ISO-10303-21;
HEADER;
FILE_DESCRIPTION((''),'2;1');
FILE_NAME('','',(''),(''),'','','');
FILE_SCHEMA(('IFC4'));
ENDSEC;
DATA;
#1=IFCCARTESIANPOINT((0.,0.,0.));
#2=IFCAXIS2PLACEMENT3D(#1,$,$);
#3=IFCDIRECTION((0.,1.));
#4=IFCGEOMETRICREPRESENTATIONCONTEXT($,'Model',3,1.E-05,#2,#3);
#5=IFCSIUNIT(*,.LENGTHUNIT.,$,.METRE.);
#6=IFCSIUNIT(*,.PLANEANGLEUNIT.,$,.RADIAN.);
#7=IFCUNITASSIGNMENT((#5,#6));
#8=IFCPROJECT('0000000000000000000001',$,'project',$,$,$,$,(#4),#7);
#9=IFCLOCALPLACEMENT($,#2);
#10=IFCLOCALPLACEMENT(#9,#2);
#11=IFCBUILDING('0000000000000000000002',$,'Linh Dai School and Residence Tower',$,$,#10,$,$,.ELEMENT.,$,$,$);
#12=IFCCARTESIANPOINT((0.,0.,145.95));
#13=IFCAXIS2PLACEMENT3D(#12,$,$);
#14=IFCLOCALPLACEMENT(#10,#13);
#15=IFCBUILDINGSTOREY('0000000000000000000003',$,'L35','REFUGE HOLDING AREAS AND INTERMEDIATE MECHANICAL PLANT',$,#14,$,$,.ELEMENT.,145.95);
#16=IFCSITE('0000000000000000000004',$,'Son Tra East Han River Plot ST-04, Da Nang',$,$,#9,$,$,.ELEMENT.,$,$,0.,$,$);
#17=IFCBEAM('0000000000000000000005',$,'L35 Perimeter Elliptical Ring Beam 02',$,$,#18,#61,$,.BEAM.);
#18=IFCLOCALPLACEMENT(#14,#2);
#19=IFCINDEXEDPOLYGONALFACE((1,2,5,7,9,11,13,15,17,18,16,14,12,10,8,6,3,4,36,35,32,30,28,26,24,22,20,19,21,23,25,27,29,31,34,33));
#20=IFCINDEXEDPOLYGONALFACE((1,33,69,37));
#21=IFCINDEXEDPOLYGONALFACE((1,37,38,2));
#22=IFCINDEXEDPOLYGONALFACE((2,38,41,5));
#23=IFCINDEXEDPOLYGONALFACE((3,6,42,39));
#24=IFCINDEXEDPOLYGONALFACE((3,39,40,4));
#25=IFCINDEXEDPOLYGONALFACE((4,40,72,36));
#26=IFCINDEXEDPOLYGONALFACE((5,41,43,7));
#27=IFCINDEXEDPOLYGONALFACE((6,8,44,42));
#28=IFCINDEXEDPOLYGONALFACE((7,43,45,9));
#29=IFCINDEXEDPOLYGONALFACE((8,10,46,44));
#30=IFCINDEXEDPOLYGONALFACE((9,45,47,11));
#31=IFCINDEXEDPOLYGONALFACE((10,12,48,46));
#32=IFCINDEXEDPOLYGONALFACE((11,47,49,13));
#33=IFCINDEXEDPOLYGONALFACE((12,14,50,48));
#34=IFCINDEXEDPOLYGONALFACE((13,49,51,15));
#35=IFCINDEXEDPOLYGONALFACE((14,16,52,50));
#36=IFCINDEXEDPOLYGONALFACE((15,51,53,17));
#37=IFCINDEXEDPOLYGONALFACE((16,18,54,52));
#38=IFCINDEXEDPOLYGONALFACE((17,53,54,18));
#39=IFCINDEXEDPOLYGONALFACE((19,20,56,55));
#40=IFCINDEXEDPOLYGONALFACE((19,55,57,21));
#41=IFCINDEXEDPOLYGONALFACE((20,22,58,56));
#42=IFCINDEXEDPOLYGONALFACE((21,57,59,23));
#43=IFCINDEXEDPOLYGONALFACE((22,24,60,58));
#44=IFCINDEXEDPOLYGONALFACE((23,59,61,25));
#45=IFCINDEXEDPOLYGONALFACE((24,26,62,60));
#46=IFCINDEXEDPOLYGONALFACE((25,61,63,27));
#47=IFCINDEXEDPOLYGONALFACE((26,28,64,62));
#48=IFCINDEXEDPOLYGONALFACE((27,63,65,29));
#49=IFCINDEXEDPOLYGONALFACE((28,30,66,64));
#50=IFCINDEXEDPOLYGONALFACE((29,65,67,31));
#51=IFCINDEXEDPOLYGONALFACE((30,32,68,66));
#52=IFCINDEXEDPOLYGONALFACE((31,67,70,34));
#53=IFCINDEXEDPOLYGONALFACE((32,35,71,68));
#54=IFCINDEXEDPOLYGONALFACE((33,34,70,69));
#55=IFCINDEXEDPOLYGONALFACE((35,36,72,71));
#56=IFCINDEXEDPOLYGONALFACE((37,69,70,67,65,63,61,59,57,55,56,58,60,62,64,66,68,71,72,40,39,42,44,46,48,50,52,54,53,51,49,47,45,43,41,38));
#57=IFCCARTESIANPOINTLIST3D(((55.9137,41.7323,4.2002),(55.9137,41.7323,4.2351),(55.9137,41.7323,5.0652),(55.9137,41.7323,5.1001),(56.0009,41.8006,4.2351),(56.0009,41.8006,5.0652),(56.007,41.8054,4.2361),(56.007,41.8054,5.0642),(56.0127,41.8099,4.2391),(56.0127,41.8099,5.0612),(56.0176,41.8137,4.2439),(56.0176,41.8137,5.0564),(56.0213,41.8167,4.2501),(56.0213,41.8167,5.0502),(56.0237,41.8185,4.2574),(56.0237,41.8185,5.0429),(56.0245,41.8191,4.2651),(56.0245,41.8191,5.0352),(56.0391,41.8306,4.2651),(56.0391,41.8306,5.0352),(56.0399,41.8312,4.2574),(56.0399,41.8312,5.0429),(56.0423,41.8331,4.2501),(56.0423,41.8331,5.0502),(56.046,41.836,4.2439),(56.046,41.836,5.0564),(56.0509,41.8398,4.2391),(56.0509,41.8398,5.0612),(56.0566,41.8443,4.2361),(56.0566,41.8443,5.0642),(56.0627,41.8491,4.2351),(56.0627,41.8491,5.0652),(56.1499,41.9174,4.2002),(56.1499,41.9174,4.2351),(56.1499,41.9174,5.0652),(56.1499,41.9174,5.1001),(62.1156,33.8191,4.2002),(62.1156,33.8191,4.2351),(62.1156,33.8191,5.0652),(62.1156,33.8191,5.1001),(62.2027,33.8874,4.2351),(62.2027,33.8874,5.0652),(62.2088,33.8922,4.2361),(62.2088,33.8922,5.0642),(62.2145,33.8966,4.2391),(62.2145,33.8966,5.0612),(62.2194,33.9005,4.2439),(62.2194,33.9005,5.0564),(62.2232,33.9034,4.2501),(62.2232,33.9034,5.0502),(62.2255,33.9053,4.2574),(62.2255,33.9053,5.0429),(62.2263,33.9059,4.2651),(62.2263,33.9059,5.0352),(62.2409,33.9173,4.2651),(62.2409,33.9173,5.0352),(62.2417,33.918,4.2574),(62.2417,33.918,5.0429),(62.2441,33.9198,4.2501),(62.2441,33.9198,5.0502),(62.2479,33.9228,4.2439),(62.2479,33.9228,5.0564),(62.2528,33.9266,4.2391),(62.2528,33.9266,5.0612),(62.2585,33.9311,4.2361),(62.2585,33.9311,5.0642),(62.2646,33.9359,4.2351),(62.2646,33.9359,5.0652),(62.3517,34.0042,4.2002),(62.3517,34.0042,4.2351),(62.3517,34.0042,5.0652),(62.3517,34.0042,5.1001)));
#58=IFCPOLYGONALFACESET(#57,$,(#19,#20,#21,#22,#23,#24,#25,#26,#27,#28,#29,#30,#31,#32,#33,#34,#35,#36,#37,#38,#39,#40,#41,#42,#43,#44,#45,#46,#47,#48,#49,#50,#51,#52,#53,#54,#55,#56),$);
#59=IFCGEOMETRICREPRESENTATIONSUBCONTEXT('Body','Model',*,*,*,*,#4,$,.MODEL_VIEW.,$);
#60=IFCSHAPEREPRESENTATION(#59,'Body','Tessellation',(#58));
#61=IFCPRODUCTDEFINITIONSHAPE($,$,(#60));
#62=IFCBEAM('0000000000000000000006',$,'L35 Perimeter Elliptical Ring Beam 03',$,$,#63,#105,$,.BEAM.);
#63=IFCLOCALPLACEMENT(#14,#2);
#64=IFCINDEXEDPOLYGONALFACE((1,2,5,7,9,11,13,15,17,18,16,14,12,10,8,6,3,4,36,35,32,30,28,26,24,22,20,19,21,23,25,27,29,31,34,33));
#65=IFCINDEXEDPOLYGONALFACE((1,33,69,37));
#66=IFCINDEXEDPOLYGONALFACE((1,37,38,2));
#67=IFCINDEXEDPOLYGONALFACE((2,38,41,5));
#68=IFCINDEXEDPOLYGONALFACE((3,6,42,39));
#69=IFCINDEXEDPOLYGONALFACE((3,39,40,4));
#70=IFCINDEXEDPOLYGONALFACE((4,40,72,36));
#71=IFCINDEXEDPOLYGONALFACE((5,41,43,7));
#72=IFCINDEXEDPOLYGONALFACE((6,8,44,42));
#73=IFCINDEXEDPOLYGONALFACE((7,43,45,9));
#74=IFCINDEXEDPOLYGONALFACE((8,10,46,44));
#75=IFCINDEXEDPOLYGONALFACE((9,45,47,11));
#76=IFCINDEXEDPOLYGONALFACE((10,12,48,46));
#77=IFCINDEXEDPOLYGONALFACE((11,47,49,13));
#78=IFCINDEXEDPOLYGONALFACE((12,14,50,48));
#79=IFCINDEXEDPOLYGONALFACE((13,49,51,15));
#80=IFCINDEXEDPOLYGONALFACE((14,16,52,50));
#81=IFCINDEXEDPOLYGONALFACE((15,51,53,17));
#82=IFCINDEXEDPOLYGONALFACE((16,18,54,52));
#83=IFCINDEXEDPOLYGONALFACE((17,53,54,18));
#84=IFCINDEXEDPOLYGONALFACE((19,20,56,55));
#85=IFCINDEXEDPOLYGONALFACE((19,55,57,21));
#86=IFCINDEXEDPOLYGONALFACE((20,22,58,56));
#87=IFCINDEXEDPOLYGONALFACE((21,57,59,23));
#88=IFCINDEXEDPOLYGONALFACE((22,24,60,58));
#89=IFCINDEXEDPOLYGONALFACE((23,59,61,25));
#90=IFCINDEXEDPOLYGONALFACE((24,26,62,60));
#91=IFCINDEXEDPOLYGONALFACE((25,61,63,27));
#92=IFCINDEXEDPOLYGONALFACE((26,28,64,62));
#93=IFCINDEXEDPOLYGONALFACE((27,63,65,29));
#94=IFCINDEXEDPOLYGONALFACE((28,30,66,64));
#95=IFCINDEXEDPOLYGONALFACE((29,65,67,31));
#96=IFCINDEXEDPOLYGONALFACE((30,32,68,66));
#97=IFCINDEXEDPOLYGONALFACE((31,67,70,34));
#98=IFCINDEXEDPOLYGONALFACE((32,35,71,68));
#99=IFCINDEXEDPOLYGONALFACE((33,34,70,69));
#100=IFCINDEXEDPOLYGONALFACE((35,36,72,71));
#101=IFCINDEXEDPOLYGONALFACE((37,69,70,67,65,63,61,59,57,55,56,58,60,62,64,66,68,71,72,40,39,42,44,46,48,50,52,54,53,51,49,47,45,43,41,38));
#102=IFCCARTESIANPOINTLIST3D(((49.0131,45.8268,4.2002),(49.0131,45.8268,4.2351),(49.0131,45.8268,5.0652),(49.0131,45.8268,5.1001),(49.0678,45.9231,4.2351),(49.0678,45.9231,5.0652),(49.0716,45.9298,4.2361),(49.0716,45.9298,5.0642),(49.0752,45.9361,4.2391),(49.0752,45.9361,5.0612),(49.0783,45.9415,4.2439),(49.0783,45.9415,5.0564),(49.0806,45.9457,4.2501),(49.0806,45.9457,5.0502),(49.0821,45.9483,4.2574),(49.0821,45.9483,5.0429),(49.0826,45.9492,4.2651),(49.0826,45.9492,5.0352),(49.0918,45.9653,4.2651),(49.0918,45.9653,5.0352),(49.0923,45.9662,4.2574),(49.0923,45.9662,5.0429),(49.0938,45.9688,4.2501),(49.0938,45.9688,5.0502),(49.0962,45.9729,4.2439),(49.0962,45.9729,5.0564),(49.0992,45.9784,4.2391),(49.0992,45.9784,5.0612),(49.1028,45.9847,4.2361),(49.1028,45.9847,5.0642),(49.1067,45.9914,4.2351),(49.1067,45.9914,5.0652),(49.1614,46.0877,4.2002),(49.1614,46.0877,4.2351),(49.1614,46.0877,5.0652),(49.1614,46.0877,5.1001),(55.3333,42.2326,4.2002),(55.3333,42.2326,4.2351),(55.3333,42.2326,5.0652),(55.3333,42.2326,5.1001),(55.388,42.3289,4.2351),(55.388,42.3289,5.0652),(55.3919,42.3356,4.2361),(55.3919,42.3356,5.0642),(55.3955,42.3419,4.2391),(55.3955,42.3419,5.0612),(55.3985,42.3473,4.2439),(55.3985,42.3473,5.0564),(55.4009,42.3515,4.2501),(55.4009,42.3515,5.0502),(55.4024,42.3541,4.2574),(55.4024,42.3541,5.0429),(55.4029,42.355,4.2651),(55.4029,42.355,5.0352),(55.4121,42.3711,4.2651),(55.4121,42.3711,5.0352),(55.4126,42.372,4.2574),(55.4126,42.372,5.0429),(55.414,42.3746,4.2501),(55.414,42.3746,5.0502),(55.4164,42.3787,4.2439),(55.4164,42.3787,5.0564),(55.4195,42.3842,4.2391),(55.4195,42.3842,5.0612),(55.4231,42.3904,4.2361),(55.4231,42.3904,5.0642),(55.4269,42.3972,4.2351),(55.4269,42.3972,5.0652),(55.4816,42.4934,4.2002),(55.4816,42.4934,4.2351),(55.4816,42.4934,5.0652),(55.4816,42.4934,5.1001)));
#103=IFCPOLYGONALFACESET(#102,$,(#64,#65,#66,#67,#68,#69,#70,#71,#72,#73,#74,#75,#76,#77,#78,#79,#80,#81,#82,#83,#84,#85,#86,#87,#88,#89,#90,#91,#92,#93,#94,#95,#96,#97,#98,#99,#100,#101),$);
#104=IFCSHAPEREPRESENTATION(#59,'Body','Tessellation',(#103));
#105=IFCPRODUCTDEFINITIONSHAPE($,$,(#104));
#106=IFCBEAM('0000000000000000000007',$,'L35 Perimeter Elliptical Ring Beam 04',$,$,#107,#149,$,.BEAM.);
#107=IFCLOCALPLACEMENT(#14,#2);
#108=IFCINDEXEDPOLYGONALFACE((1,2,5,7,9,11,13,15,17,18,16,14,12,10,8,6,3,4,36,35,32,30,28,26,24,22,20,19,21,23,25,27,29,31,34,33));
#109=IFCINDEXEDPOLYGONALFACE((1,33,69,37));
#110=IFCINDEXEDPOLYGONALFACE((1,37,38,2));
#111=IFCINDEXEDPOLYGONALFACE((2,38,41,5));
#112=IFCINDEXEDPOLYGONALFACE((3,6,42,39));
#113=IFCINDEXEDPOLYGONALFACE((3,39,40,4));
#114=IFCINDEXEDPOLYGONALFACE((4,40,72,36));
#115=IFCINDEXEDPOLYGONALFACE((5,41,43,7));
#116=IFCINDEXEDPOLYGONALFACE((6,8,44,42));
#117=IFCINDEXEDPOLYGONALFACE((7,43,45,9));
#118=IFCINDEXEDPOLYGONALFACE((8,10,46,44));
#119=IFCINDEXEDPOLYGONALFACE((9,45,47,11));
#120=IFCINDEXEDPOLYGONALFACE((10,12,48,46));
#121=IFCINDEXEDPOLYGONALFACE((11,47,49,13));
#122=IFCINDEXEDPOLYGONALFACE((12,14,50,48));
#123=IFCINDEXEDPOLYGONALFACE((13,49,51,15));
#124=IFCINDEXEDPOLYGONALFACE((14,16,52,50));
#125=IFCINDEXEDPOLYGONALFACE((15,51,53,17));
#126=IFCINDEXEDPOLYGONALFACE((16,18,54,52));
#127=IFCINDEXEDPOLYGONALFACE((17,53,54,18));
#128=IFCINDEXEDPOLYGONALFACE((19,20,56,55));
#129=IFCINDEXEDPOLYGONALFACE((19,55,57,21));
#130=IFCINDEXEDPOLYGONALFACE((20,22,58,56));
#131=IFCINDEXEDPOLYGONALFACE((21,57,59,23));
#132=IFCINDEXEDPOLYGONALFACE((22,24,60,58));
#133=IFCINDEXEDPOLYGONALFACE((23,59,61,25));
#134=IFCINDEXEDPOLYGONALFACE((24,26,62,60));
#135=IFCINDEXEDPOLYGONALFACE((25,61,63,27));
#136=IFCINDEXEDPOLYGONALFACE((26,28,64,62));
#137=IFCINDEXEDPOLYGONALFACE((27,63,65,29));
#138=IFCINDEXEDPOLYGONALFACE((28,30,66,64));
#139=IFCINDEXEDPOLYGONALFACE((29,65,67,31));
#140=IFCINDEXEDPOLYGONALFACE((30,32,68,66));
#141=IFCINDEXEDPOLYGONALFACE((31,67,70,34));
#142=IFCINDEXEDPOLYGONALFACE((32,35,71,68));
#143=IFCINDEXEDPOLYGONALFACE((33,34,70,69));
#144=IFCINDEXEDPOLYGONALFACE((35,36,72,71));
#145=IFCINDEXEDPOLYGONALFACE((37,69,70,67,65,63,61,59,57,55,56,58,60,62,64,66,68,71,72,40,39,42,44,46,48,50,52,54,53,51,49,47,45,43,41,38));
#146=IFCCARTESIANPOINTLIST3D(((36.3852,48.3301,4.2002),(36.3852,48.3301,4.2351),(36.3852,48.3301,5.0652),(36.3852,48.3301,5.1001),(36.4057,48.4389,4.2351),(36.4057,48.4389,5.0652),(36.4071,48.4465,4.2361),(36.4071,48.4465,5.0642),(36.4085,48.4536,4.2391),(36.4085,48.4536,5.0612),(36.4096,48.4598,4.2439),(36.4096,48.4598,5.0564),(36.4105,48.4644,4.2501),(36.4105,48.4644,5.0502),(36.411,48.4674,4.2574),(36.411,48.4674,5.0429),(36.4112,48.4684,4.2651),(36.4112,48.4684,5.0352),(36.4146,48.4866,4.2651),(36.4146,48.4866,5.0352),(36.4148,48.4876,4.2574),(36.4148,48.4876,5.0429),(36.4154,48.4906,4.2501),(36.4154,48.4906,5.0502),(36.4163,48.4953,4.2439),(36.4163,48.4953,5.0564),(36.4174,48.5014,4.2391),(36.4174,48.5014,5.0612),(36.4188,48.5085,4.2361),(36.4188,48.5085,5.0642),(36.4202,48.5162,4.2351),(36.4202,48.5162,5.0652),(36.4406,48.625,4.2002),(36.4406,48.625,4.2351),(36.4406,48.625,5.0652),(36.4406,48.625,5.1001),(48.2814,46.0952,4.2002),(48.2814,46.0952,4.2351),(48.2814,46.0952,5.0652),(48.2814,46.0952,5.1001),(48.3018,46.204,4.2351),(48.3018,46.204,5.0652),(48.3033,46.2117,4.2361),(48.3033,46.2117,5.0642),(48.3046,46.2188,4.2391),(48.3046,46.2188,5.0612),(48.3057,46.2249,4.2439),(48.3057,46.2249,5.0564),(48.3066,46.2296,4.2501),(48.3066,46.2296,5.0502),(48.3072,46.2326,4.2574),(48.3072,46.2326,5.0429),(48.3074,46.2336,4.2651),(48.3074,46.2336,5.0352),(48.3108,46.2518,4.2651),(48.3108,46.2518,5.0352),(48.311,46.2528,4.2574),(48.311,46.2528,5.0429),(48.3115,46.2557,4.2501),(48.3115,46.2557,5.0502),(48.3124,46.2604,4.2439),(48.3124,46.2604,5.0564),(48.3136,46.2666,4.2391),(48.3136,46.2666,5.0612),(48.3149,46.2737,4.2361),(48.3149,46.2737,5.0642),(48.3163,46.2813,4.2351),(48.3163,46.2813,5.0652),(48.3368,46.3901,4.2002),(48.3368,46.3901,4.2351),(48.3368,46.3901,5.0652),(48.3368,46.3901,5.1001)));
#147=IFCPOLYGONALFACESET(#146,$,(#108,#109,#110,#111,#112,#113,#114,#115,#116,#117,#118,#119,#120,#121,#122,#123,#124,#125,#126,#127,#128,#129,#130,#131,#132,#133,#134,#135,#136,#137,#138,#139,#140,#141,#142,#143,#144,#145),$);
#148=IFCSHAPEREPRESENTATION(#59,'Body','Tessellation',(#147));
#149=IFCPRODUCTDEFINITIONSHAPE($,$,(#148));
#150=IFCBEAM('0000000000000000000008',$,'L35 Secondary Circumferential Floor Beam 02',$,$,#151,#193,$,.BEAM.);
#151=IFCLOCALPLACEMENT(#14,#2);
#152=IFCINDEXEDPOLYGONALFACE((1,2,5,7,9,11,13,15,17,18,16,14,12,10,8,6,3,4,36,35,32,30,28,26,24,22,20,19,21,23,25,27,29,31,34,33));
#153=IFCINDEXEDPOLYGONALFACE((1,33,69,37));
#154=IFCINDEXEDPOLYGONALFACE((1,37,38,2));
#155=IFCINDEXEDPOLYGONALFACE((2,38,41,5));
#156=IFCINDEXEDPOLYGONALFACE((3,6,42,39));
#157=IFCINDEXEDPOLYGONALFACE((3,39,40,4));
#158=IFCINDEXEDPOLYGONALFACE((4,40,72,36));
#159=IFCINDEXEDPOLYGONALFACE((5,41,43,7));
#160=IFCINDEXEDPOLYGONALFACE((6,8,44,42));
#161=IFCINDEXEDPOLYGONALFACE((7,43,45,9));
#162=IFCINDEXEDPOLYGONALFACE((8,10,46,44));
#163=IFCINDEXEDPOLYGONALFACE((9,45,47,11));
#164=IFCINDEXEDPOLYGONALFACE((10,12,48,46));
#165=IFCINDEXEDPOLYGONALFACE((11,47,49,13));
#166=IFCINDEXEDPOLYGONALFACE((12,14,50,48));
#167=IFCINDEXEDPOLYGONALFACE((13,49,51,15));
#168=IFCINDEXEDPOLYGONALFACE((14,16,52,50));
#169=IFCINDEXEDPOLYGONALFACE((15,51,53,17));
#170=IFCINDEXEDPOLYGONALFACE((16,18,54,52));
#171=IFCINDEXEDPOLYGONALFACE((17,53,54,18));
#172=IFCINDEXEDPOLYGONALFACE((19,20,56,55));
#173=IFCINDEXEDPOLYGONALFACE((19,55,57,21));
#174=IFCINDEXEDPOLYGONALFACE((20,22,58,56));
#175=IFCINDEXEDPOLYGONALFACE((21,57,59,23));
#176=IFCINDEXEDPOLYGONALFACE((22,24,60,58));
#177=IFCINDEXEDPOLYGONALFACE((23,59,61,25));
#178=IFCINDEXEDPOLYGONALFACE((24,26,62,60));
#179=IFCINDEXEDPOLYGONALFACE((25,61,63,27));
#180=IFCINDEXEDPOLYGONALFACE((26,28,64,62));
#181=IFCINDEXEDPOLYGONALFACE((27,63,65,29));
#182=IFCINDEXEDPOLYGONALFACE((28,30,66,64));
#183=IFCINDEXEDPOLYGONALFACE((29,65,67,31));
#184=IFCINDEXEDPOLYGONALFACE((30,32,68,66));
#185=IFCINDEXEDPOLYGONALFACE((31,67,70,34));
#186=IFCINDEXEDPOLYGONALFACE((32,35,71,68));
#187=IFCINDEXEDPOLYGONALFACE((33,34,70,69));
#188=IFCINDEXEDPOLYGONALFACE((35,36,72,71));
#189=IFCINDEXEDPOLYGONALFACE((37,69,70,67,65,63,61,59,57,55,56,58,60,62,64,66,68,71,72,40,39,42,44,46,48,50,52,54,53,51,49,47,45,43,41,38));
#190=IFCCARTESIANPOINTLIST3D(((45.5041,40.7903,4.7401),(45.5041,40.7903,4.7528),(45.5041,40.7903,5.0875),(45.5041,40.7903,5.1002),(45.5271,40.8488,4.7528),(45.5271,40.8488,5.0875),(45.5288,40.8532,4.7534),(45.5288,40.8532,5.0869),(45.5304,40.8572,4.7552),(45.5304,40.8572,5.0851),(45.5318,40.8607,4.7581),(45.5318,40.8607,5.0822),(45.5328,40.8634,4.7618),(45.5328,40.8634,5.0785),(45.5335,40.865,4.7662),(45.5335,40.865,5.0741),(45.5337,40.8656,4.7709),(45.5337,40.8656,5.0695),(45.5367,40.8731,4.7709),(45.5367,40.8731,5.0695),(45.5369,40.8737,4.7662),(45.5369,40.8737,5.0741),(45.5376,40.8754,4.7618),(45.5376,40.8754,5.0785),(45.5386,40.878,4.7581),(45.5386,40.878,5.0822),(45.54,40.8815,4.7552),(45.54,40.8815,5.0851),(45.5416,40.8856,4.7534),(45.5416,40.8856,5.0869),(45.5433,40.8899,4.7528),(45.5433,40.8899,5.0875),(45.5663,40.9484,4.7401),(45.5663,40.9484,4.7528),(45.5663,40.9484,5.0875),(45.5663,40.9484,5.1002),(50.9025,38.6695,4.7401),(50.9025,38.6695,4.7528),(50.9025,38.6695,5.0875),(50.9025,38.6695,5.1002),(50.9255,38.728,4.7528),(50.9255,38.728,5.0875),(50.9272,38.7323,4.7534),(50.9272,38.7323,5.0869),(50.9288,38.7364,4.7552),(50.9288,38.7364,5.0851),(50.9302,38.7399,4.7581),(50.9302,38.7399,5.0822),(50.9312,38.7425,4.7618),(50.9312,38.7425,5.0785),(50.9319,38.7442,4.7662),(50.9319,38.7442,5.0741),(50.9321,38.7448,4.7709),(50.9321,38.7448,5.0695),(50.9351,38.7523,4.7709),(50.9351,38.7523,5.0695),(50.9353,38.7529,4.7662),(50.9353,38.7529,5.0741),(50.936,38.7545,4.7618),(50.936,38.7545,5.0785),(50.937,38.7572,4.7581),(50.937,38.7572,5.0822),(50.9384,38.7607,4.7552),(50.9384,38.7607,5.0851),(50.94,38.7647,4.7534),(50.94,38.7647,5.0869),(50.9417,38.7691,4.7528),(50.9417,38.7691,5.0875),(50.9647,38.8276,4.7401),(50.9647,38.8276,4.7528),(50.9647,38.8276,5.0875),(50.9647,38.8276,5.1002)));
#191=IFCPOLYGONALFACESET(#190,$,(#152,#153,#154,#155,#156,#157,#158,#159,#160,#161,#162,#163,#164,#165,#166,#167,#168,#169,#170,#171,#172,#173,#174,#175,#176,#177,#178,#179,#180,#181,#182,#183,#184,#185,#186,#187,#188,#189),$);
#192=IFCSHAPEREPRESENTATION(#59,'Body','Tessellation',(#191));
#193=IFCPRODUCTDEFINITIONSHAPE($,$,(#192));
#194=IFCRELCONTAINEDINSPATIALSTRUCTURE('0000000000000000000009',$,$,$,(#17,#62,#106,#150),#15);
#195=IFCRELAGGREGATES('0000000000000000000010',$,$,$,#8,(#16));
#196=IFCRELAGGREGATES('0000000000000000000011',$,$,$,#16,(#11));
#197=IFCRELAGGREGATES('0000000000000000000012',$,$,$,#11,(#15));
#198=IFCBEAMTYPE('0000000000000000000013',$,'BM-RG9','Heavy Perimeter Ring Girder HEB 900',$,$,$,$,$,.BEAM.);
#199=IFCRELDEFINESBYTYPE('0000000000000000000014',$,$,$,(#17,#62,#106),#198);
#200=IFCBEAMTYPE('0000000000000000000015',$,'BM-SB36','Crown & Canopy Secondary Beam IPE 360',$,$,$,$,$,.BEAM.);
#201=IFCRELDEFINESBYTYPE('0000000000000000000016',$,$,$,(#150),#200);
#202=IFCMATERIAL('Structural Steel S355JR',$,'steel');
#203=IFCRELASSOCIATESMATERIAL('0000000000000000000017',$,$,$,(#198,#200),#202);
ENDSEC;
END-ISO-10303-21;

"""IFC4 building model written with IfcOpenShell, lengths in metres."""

from ifc_helpers import new_model, si_unit, direction, frame, origin, origin_2d, place, context, subcontext, project, spatial, i_section, extrude, material, material_profile, profile_set, type_object, element, save


model = new_model("IFC4")

# Units and contexts
model_context = context("Model", 3, precision=1e-05, world=origin(), true_north=direction((0.0, 1.0)))
body_context = subcontext(model_context, "Body", "Model", "MODEL_VIEW")
ifc_project = project(units=[si_unit("LENGTHUNIT", "METRE"), si_unit("PLANEANGLEUNIT", "RADIAN")], contexts=[model_context])

# Site, building, storey
site_placement = place(None, origin())
site = spatial("IfcSite", under=ifc_project, at=site_placement, Name="Son Tra East Han River Plot ST-04, Da Nang", CompositionType="ELEMENT", RefElevation=0.0)
building_placement = place(site_placement, origin())
building = spatial("IfcBuilding", under=site, at=building_placement, Name="Linh Dai School and Residence Tower", CompositionType="ELEMENT")
storey_placement = place(building_placement, frame((0.0, 0.0, 145.95)))
storey = spatial("IfcBuildingStorey", under=building, at=storey_placement, Name="L35", Description="REFUGE HOLDING AREAS AND INTERMEDIATE MECHANICAL PLANT", CompositionType="ELEMENT", Elevation=145.95)

# Shared definitions
ifc_material_1 = material(Name="Structural Steel S355JR", Category="steel")

# Beams
ifc_material_profile_1 = material_profile(ifc_material_1, i_section(OverallWidth=0.3, OverallDepth=0.8999, WebThickness=0.0186, FlangeThickness=0.0349, FilletRadius=0.03, at=origin_2d()), Name="HEB 900")
ifc_profile_set_1 = profile_set([ifc_material_profile_1], Name="Structural Steel S355JR")
beam_type_1 = type_object("IfcBeamType", Name="BM-RG9", Description="Heavy Perimeter Ring Girder HEB 900", PredefinedType="BEAM", material=ifc_profile_set_1)
beam_1_placement = place(storey_placement, frame((62.2336, 33.9116, 4.6501), z_axis=(-0.616855, 0.787077, 0.0), x_axis=(-0.787077, -0.616855, 0.0)))
element("IfcBeam", 1, at=beam_1_placement, inside=storey, type_object=beam_type_1, Name="L35 Perimeter Elliptical Ring Beam 02", PredefinedType="BEAM", context=body_context, shape_type="SweptSolid", body=[
    extrude(i_section(OverallWidth=0.3, OverallDepth=0.8999, WebThickness=0.0186, FlangeThickness=0.0349, FilletRadius=0.03, at=origin_2d()), origin(), (0.0, 0.0, 1.0), 10.054),
])
beam_2_placement = place(storey_placement, frame((55.4075, 42.363, 4.6501), z_axis=(-0.86927, 0.494337, 0.0), x_axis=(-0.494337, -0.86927, 0.0)))
element("IfcBeam", 2, at=beam_2_placement, inside=storey, type_object=beam_type_1, Name="L35 Perimeter Elliptical Ring Beam 03", PredefinedType="BEAM", context=body_context, shape_type="SweptSolid", body=[
    extrude(i_section(OverallWidth=0.3, OverallDepth=0.8999, WebThickness=0.0186, FlangeThickness=0.0349, FilletRadius=0.03, at=origin_2d()), origin(), (0.0, 0.0, 1.0), 7.2708),
])
beam_3_placement = place(storey_placement, frame((48.3091, 46.2427, 4.6501), z_axis=(-0.982808, 0.184633, 0.0), x_axis=(-0.184633, -0.982808, 0.0)))
element("IfcBeam", 3, at=beam_3_placement, inside=storey, type_object=beam_type_1, Name="L35 Perimeter Elliptical Ring Beam 04", PredefinedType="BEAM", context=body_context, shape_type="SweptSolid", body=[
    extrude(i_section(OverallWidth=0.3, OverallDepth=0.8999, WebThickness=0.0186, FlangeThickness=0.0349, FilletRadius=0.03, at=origin_2d()), origin(), (0.0, 0.0, 1.0), 12.1042),
])
ifc_material_profile_2 = material_profile(ifc_material_1, i_section(OverallWidth=0.1699, OverallDepth=0.3601, WebThickness=0.0081, FlangeThickness=0.0127, FilletRadius=0.0181, at=origin_2d()), Name="IPE 360")
ifc_profile_set_2 = profile_set([ifc_material_profile_2], Name="Structural Steel S355JR")
beam_type_2 = type_object("IfcBeamType", Name="BM-SB36", Description="Crown & Canopy Secondary Beam IPE 360", PredefinedType="BEAM", material=ifc_profile_set_2)
beam_4_placement = place(storey_placement, frame((50.9336, 38.7485, 4.9202), z_axis=(-0.930749, 0.365658, 0.0), x_axis=(-0.365658, -0.930749, 0.0)))
element("IfcBeam", 4, at=beam_4_placement, inside=storey, type_object=beam_type_2, Name="L35 Secondary Circumferential Floor Beam 02", PredefinedType="BEAM", context=body_context, shape_type="SweptSolid", body=[
    extrude(i_section(OverallWidth=0.1699, OverallDepth=0.3601, WebThickness=0.0081, FlangeThickness=0.0127, FilletRadius=0.0181, at=origin_2d()), origin(), (0.0, 0.0, 1.0), 5.8),
])

save(model, "model.ifc")
